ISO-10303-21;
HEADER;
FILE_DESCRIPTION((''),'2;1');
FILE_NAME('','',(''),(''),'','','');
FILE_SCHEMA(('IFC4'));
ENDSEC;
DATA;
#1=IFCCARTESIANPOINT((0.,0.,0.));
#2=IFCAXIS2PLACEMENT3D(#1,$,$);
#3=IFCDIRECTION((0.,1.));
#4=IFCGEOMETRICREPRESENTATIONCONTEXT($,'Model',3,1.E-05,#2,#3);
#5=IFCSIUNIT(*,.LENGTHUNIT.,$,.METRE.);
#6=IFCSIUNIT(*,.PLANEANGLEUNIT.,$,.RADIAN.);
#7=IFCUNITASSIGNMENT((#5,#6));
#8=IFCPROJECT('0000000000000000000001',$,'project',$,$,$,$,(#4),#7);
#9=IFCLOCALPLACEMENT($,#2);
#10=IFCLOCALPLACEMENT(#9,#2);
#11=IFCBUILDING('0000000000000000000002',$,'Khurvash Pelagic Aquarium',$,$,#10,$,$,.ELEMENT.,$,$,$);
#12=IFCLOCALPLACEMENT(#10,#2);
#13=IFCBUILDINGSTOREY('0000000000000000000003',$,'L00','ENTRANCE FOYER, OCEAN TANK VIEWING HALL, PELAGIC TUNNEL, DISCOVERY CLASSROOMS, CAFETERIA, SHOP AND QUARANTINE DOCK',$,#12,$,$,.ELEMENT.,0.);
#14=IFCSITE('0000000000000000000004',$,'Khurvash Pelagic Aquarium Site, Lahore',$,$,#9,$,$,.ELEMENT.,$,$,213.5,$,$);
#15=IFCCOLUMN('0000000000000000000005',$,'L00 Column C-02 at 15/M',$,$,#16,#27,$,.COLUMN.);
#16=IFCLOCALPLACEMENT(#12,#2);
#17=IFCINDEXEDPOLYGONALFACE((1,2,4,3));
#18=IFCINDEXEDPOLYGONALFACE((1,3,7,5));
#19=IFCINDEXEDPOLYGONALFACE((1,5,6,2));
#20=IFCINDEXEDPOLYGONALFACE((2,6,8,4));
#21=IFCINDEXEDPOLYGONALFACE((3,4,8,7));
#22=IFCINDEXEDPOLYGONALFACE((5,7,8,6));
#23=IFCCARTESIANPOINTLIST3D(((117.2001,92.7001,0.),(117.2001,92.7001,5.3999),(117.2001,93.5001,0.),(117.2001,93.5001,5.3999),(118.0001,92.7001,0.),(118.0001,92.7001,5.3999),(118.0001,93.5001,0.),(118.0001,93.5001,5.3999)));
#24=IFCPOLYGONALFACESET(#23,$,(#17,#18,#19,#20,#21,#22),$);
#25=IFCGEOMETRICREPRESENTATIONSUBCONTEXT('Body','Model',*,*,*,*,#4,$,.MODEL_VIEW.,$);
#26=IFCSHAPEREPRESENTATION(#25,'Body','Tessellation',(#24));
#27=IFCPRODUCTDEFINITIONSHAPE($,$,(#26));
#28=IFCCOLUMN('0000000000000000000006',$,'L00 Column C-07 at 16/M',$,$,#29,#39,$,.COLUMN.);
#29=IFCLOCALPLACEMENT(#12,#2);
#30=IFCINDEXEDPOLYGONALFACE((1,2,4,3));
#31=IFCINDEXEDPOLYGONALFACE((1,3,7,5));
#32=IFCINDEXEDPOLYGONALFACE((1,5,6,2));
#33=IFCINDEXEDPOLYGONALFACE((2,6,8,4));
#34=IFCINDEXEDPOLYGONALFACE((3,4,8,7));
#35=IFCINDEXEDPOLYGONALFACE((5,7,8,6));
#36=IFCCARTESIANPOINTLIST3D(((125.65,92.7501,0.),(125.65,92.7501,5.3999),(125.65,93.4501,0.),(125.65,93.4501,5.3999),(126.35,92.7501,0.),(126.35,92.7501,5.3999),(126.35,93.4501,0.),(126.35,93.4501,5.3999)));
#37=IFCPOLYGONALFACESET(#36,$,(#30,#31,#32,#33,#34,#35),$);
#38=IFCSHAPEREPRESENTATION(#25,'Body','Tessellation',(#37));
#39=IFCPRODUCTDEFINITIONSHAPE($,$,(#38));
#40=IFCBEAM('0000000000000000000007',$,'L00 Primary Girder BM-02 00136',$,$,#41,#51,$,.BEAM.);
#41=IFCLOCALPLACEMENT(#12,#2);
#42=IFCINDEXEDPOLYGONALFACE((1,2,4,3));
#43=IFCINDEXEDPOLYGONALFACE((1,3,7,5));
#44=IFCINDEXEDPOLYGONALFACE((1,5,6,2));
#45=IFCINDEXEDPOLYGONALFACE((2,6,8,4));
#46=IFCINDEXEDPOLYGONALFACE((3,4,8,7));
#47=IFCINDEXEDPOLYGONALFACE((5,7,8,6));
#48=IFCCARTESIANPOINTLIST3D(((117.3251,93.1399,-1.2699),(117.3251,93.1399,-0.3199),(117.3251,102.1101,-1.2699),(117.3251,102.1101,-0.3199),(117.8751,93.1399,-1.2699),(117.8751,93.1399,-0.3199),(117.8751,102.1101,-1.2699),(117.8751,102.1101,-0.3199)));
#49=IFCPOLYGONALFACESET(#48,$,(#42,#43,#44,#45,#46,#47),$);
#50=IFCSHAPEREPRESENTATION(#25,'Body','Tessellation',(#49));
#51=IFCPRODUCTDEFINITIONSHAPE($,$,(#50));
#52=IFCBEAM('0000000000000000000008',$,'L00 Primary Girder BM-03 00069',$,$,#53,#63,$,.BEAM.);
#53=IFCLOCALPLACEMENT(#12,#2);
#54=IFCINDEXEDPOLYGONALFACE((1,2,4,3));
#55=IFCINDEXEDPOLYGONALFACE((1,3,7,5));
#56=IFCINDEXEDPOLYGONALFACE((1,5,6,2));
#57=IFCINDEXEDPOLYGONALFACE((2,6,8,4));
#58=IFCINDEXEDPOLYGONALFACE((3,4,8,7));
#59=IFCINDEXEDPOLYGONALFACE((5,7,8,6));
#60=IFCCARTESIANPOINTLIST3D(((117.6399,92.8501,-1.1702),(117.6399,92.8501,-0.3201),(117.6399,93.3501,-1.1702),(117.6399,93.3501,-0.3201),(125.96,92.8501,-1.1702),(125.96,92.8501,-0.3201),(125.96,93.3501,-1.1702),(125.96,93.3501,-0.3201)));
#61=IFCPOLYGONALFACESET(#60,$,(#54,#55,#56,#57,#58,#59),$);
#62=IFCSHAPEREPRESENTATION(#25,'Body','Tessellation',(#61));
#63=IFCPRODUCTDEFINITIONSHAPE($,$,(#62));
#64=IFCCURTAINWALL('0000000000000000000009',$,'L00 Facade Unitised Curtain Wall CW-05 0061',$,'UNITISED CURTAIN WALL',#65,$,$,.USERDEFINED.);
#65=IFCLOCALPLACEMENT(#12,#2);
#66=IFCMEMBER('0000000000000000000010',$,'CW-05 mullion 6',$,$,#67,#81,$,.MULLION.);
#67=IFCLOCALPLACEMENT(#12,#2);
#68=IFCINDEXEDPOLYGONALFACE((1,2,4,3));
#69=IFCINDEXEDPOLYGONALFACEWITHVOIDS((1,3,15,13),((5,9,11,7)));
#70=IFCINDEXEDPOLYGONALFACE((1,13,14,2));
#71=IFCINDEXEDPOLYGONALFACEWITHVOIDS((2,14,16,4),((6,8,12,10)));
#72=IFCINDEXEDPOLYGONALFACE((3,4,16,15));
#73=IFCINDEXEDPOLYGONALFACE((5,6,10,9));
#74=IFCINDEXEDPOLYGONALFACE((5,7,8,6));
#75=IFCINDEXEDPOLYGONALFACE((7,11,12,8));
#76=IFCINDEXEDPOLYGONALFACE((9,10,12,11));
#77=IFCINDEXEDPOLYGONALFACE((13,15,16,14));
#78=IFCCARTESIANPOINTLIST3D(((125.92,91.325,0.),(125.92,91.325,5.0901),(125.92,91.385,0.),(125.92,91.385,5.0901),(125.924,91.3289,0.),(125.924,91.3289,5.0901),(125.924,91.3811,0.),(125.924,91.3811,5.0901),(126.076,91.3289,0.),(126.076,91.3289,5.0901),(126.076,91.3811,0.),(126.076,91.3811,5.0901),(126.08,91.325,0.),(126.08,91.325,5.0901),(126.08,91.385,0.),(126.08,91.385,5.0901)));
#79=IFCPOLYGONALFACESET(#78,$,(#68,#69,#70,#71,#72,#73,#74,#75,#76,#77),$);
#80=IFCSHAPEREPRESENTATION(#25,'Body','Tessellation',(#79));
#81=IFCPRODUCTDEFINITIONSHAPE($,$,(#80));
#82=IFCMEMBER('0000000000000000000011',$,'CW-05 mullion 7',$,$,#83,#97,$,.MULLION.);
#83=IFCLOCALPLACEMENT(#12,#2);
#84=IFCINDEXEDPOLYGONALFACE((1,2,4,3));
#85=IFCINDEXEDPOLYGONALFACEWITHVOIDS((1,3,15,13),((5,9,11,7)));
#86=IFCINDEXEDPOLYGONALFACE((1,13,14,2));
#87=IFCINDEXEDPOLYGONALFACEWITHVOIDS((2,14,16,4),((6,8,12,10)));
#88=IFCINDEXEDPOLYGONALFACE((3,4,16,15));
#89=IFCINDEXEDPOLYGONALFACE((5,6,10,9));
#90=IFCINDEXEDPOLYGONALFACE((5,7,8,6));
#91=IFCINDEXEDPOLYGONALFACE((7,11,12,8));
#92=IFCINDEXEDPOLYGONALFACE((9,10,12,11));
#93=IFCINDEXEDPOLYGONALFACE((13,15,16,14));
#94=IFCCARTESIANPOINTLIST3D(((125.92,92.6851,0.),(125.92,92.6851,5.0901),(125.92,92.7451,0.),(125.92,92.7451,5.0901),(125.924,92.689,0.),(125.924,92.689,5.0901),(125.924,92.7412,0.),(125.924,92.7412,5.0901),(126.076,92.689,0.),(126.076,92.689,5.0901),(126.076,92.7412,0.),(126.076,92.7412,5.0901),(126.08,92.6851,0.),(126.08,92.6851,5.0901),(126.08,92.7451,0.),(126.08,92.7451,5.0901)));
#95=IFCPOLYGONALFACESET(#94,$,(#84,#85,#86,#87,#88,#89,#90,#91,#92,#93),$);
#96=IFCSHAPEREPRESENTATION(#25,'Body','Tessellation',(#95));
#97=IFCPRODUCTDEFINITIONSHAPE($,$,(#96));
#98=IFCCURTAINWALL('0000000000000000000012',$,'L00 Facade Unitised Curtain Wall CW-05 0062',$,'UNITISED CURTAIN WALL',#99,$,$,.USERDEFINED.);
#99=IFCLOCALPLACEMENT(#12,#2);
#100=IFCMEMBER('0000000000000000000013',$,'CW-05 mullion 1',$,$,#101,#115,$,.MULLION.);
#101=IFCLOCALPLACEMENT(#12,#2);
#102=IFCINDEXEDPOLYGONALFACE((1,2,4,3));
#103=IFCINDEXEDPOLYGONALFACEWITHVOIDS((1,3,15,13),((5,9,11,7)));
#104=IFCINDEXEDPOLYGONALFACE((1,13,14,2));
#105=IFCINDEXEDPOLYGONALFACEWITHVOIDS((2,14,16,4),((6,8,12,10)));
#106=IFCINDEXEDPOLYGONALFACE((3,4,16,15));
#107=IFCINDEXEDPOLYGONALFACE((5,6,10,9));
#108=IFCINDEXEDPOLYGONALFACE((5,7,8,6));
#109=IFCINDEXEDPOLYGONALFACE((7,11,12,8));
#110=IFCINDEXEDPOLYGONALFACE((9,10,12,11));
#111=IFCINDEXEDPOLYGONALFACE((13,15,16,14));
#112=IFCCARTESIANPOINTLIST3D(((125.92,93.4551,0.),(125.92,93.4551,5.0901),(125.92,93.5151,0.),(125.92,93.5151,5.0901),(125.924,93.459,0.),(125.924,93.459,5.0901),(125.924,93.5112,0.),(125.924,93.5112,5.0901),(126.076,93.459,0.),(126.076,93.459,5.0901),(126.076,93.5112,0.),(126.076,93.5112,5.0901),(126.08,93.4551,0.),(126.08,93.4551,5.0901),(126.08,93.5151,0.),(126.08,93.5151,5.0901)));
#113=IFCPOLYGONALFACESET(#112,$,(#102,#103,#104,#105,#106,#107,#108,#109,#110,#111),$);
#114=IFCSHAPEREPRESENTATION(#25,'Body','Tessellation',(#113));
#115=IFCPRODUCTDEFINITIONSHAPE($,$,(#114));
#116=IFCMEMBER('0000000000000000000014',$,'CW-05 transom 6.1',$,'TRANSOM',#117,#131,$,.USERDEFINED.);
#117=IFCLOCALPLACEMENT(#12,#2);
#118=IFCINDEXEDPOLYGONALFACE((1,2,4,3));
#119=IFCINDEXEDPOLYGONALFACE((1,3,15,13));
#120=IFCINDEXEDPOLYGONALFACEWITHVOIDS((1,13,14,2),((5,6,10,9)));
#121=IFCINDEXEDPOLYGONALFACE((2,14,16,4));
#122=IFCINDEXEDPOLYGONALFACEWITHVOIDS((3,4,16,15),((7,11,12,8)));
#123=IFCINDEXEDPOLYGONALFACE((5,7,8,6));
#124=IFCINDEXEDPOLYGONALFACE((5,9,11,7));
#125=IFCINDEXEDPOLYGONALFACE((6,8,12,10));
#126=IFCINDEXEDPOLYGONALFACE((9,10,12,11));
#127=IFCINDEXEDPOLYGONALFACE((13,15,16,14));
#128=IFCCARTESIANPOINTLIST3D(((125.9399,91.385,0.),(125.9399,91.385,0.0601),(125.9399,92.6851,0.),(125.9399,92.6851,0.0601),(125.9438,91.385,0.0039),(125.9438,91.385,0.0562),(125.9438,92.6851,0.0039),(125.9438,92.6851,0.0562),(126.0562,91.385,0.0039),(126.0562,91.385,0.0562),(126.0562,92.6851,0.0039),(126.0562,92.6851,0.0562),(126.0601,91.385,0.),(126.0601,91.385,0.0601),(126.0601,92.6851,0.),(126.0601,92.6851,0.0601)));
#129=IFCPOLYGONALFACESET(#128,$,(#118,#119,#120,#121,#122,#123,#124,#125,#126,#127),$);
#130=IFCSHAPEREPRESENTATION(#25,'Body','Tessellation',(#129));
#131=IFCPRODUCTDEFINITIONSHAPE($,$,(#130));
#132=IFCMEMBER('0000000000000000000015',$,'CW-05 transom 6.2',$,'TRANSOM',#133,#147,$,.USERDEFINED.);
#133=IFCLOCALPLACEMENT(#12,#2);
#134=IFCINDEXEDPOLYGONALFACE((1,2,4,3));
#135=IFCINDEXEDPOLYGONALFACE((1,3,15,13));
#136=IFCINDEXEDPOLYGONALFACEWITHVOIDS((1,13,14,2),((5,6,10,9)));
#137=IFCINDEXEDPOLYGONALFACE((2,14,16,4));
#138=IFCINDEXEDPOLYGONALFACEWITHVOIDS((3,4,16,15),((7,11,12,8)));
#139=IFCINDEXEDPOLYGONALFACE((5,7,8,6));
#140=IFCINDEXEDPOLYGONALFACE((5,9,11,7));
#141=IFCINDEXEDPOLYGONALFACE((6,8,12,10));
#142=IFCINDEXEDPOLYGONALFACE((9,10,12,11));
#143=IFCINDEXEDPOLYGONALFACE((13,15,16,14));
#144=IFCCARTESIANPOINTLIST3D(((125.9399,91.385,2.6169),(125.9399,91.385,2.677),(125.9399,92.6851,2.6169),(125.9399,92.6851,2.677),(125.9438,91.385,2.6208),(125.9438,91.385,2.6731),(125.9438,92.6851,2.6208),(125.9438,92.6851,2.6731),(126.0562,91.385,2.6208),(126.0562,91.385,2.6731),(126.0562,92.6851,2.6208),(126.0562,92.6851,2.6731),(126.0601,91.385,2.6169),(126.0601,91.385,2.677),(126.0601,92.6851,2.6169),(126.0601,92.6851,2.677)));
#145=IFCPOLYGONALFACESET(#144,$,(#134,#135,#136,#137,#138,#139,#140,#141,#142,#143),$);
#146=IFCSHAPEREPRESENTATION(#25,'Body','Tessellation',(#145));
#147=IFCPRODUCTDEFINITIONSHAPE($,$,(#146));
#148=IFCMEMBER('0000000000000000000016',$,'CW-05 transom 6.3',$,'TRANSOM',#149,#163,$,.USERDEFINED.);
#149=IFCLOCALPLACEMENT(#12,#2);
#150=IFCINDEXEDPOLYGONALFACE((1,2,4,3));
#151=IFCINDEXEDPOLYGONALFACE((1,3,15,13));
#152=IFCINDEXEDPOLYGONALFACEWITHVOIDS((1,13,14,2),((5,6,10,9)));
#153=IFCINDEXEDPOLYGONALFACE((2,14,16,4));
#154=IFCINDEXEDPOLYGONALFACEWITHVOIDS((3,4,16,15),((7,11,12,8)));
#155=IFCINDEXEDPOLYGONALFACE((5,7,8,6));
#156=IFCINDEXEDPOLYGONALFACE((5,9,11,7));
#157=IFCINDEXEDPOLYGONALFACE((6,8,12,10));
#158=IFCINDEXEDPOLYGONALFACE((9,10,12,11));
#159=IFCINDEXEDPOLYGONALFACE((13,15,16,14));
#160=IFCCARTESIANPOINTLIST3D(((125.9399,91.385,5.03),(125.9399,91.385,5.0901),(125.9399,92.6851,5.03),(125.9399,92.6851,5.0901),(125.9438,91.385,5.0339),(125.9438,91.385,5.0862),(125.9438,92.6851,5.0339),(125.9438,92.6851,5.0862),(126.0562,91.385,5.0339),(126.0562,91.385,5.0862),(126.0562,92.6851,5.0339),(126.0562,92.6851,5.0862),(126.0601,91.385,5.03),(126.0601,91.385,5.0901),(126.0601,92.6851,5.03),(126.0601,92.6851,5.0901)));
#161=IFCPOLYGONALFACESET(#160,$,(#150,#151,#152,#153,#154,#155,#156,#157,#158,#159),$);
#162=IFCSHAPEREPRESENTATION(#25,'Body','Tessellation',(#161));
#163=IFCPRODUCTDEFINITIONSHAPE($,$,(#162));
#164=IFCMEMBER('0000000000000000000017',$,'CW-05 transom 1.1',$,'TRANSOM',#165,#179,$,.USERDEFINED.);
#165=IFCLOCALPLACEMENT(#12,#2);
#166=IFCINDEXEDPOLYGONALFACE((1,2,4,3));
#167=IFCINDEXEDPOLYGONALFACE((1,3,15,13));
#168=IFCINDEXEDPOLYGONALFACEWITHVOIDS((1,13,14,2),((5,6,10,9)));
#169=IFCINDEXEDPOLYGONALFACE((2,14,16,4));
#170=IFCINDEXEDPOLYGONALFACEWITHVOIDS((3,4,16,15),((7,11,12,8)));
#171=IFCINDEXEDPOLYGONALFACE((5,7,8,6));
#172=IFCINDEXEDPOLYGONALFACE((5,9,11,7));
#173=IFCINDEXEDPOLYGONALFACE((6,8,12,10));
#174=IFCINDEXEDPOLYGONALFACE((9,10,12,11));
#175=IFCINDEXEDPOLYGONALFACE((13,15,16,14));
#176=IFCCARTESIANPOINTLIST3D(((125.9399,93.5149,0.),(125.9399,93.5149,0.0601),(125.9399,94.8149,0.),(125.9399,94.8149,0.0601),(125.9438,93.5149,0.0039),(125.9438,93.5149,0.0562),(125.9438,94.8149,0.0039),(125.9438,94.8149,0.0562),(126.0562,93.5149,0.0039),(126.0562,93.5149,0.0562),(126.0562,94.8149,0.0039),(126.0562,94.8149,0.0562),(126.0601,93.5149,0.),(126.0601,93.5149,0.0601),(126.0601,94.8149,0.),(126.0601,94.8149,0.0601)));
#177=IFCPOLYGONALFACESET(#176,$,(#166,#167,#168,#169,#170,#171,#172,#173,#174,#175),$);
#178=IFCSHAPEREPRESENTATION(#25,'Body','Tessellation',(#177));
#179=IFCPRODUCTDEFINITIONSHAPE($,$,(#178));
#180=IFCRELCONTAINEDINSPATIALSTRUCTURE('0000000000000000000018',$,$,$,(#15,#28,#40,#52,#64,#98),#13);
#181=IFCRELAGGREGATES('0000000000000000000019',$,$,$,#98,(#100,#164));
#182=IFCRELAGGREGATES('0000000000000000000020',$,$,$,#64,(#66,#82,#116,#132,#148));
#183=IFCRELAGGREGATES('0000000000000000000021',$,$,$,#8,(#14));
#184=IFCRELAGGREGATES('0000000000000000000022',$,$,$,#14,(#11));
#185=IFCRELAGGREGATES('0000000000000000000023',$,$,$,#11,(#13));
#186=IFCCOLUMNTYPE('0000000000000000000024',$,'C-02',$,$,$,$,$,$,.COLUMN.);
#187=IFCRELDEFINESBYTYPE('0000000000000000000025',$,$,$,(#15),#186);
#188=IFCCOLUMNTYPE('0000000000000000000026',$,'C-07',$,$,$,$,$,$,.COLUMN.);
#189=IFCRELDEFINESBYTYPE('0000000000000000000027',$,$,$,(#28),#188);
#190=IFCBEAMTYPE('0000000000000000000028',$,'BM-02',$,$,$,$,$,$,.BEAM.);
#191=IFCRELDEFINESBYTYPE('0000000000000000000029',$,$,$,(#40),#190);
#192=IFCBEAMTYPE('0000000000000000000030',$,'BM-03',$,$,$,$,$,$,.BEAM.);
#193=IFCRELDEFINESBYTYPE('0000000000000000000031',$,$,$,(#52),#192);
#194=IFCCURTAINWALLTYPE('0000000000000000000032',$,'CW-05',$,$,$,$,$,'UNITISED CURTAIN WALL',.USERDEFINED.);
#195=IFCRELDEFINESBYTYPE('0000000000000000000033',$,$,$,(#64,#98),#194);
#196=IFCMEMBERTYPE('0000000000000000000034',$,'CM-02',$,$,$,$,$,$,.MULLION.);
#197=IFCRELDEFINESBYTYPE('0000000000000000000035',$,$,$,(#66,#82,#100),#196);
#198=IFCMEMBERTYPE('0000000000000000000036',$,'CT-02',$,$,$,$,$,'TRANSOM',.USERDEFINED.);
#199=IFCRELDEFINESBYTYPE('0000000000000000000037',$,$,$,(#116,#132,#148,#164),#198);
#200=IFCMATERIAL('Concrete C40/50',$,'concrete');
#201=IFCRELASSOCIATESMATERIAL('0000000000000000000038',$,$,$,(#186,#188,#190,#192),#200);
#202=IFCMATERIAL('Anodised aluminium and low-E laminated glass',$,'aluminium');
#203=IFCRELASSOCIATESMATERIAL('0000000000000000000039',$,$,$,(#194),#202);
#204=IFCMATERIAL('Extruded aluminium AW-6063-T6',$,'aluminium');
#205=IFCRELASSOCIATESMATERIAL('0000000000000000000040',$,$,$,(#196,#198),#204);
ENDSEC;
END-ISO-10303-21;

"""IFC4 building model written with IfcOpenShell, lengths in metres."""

from ifc_helpers import new_model, si_unit, direction, frame, origin, origin_2d, place, context, subcontext, project, spatial, rectangle, hollow_rectangle, extrude, material, material_profile, profile_set, type_object, element, aggregate, save


model = new_model("IFC4")

# Units and contexts
model_context = context("Model", 3, precision=1e-05, world=origin(), true_north=direction((0.0, 1.0)))
body_context = subcontext(model_context, "Body", "Model", "MODEL_VIEW")
ifc_project = project(units=[si_unit("LENGTHUNIT", "METRE"), si_unit("PLANEANGLEUNIT", "RADIAN")], contexts=[model_context])

# Site, building, storey
site_placement = place(None, origin())
site = spatial("IfcSite", under=ifc_project, at=site_placement, Name="Khurvash Pelagic Aquarium Site, Lahore", CompositionType="ELEMENT", RefElevation=213.5)
building_placement = place(site_placement, origin())
building = spatial("IfcBuilding", under=site, at=building_placement, Name="Khurvash Pelagic Aquarium", CompositionType="ELEMENT")
storey_placement = place(building_placement, origin())
storey = spatial("IfcBuildingStorey", under=building, at=storey_placement, Name="L00", Description="ENTRANCE FOYER, OCEAN TANK VIEWING HALL, PELAGIC TUNNEL, DISCOVERY CLASSROOMS, CAFETERIA, SHOP AND QUARANTINE DOCK", CompositionType="ELEMENT", Elevation=0.0)

# Columns
ifc_material_1 = material(Name="Concrete C40/50", Category="concrete")
ifc_material_profile_1 = material_profile(ifc_material_1, rectangle(XDim=0.8, YDim=0.8, at=origin_2d()), Name="RC800X800")
ifc_profile_set_1 = profile_set([ifc_material_profile_1], Name="Concrete C40/50")
column_type_1 = type_object("IfcColumnType", Name="C-02", PredefinedType="COLUMN", material=ifc_profile_set_1)
column_1_placement = place(storey_placement, frame((117.6001, 93.1001, 0.0), z_axis=(0.0, 0.0, 1.0), x_axis=(1.0, 0.0, 0.0)))
element("IfcColumn", 1, at=column_1_placement, inside=storey, type_object=column_type_1, Name="L00 Column C-02 at 15/M", PredefinedType="COLUMN", context=body_context, shape_type="SweptSolid", body=[
    extrude(rectangle(XDim=0.8, YDim=0.8, at=origin_2d()), origin(), (0.0, 0.0, 1.0), 5.3999),
])
ifc_material_profile_2 = material_profile(ifc_material_1, rectangle(XDim=0.7, YDim=0.7, at=origin_2d()), Name="RC700X700")
ifc_profile_set_2 = profile_set([ifc_material_profile_2], Name="Concrete C40/50")
column_type_2 = type_object("IfcColumnType", Name="C-07", PredefinedType="COLUMN", material=ifc_profile_set_2)
column_2_placement = place(storey_placement, frame((126.0, 93.1001, 0.0), z_axis=(0.0, 0.0, 1.0), x_axis=(1.0, 0.0, 0.0)))
element("IfcColumn", 2, at=column_2_placement, inside=storey, type_object=column_type_2, Name="L00 Column C-07 at 16/M", PredefinedType="COLUMN", context=body_context, shape_type="SweptSolid", body=[
    extrude(rectangle(XDim=0.7, YDim=0.7, at=origin_2d()), origin(), (0.0, 0.0, 1.0), 5.3999),
])

# Beams
ifc_material_profile_3 = material_profile(ifc_material_1, rectangle(XDim=0.55, YDim=0.95, at=origin_2d()), Name="RC550X950")
ifc_profile_set_3 = profile_set([ifc_material_profile_3], Name="Concrete C40/50")
beam_type_1 = type_object("IfcBeamType", Name="BM-02", PredefinedType="BEAM", material=ifc_profile_set_3)
beam_1_placement = place(storey_placement, frame((117.6001, 93.1399, -0.7949), z_axis=(0.0, 1.0, 0.0), x_axis=(-1.0, 0.0, 0.0)))
element("IfcBeam", 3, at=beam_1_placement, inside=storey, type_object=beam_type_1, Name="L00 Primary Girder BM-02 00136", PredefinedType="BEAM", context=body_context, shape_type="SweptSolid", body=[
    extrude(rectangle(XDim=0.55, YDim=0.95, at=origin_2d()), origin(), (0.0, 0.0, 1.0), 8.9702),
])
ifc_material_profile_4 = material_profile(ifc_material_1, rectangle(XDim=0.5, YDim=0.8501, at=origin_2d()), Name="RC500X850")
ifc_profile_set_4 = profile_set([ifc_material_profile_4], Name="Concrete C40/50")
beam_type_2 = type_object("IfcBeamType", Name="BM-03", PredefinedType="BEAM", material=ifc_profile_set_4)
beam_2_placement = place(storey_placement, frame((117.6399, 93.1001, -0.7451), z_axis=(1.0, 0.0, 0.0), x_axis=(0.0, 1.0, 0.0)))
element("IfcBeam", 4, at=beam_2_placement, inside=storey, type_object=beam_type_2, Name="L00 Primary Girder BM-03 00069", PredefinedType="BEAM", context=body_context, shape_type="SweptSolid", body=[
    extrude(rectangle(XDim=0.5, YDim=0.8501, at=origin_2d()), origin(), (0.0, 0.0, 1.0), 8.3201),
])

# Curtain wall, members
ifc_material_2 = material(Name="Anodised aluminium and low-E laminated glass", Category="aluminium")
curtain_wall_type = type_object("IfcCurtainWallType", Name="CW-05", ElementType="UNITISED CURTAIN WALL", PredefinedType="USERDEFINED", material=ifc_material_2)
curtain_wall_1_placement = place(storey_placement, origin())
curtain_wall_1 = element("IfcCurtainWall", 5, at=curtain_wall_1_placement, inside=storey, type_object=curtain_wall_type, Name="L00 Facade Unitised Curtain Wall CW-05 0061", ObjectType="UNITISED CURTAIN WALL", PredefinedType="USERDEFINED")
ifc_material_3 = material(Name="Extruded aluminium AW-6063-T6", Category="aluminium")
ifc_material_profile_5 = material_profile(ifc_material_3, hollow_rectangle(XDim=0.0601, YDim=0.1599, WallThickness=0.0039, at=origin_2d()), Name="CWM60X160X4")
ifc_profile_set_5 = profile_set([ifc_material_profile_5], Name="Extruded aluminium AW-6063-T6")
member_type_1 = type_object("IfcMemberType", Name="CM-02", PredefinedType="MULLION", material=ifc_profile_set_5)
member_1_placement = place(storey_placement, frame((126.0, 91.355, 0.0), z_axis=(0.0, 0.0, 1.0), x_axis=(0.0, 1.0, 0.0)))
member_1 = element("IfcMember", 6, at=member_1_placement, type_object=member_type_1, Name="CW-05 mullion 6", PredefinedType="MULLION", context=body_context, shape_type="SweptSolid", body=[
    extrude(hollow_rectangle(XDim=0.0601, YDim=0.1599, WallThickness=0.0039, at=origin_2d()), origin(), (0.0, 0.0, 1.0), 5.0901),
])
member_2_placement = place(storey_placement, frame((126.0, 92.7151, 0.0), z_axis=(0.0, 0.0, 1.0), x_axis=(0.0, 1.0, 0.0)))
member_2 = element("IfcMember", 7, at=member_2_placement, type_object=member_type_1, Name="CW-05 mullion 7", PredefinedType="MULLION", context=body_context, shape_type="SweptSolid", body=[
    extrude(hollow_rectangle(XDim=0.0601, YDim=0.1599, WallThickness=0.0039, at=origin_2d()), origin(), (0.0, 0.0, 1.0), 5.0901),
])

# Curtain wall, member
curtain_wall_2_placement = place(storey_placement, origin())
curtain_wall_2 = element("IfcCurtainWall", 8, at=curtain_wall_2_placement, inside=storey, type_object=curtain_wall_type, Name="L00 Facade Unitised Curtain Wall CW-05 0062", ObjectType="UNITISED CURTAIN WALL", PredefinedType="USERDEFINED")
member_3_placement = place(storey_placement, frame((126.0, 93.4851, 0.0), z_axis=(0.0, 0.0, 1.0), x_axis=(0.0, 1.0, 0.0)))
member_3 = element("IfcMember", 9, at=member_3_placement, type_object=member_type_1, Name="CW-05 mullion 1", PredefinedType="MULLION", context=body_context, shape_type="SweptSolid", body=[
    extrude(hollow_rectangle(XDim=0.0601, YDim=0.1599, WallThickness=0.0039, at=origin_2d()), origin(), (0.0, 0.0, 1.0), 5.0901),
])

# Members
ifc_material_profile_6 = material_profile(ifc_material_3, hollow_rectangle(XDim=0.1201, YDim=0.0601, WallThickness=0.0039, at=origin_2d()), Name="CWT120X60X4")
ifc_profile_set_6 = profile_set([ifc_material_profile_6], Name="Extruded aluminium AW-6063-T6")
member_type_2 = type_object("IfcMemberType", Name="CT-02", ElementType="TRANSOM", PredefinedType="USERDEFINED", material=ifc_profile_set_6)
member_4_placement = place(storey_placement, frame((126.0, 91.385, 0.03), z_axis=(0.0, 1.0, 0.0), x_axis=(-1.0, 0.0, 0.0)))
member_4 = element("IfcMember", 10, at=member_4_placement, type_object=member_type_2, Name="CW-05 transom 6.1", ObjectType="TRANSOM", PredefinedType="USERDEFINED", context=body_context, shape_type="SweptSolid", body=[
    extrude(hollow_rectangle(XDim=0.1201, YDim=0.0601, WallThickness=0.0039, at=origin_2d()), origin(), (0.0, 0.0, 1.0), 1.3),
])
member_5_placement = place(storey_placement, frame((126.0, 91.385, 2.647), z_axis=(0.0, 1.0, 0.0), x_axis=(-1.0, 0.0, 0.0)))
member_5 = element("IfcMember", 11, at=member_5_placement, type_object=member_type_2, Name="CW-05 transom 6.2", ObjectType="TRANSOM", PredefinedType="USERDEFINED", context=body_context, shape_type="SweptSolid", body=[
    extrude(hollow_rectangle(XDim=0.1201, YDim=0.0601, WallThickness=0.0039, at=origin_2d()), origin(), (0.0, 0.0, 1.0), 1.3),
])
member_6_placement = place(storey_placement, frame((126.0, 91.385, 5.0601), z_axis=(0.0, 1.0, 0.0), x_axis=(-1.0, 0.0, 0.0)))
member_6 = element("IfcMember", 12, at=member_6_placement, type_object=member_type_2, Name="CW-05 transom 6.3", ObjectType="TRANSOM", PredefinedType="USERDEFINED", context=body_context, shape_type="SweptSolid", body=[
    extrude(hollow_rectangle(XDim=0.1201, YDim=0.0601, WallThickness=0.0039, at=origin_2d()), origin(), (0.0, 0.0, 1.0), 1.3),
])
member_7_placement = place(storey_placement, frame((126.0, 93.5149, 0.03), z_axis=(0.0, 1.0, 0.0), x_axis=(-1.0, 0.0, 0.0)))
member_7 = element("IfcMember", 13, at=member_7_placement, type_object=member_type_2, Name="CW-05 transom 1.1", ObjectType="TRANSOM", PredefinedType="USERDEFINED", context=body_context, shape_type="SweptSolid", body=[
    extrude(hollow_rectangle(XDim=0.1201, YDim=0.0601, WallThickness=0.0039, at=origin_2d()), origin(), (0.0, 0.0, 1.0), 1.3),
])
aggregate(curtain_wall_2, [member_3, member_7])

aggregate(curtain_wall_1, [member_1, member_2, member_4, member_5, member_6])

save(model, "model.ifc")
